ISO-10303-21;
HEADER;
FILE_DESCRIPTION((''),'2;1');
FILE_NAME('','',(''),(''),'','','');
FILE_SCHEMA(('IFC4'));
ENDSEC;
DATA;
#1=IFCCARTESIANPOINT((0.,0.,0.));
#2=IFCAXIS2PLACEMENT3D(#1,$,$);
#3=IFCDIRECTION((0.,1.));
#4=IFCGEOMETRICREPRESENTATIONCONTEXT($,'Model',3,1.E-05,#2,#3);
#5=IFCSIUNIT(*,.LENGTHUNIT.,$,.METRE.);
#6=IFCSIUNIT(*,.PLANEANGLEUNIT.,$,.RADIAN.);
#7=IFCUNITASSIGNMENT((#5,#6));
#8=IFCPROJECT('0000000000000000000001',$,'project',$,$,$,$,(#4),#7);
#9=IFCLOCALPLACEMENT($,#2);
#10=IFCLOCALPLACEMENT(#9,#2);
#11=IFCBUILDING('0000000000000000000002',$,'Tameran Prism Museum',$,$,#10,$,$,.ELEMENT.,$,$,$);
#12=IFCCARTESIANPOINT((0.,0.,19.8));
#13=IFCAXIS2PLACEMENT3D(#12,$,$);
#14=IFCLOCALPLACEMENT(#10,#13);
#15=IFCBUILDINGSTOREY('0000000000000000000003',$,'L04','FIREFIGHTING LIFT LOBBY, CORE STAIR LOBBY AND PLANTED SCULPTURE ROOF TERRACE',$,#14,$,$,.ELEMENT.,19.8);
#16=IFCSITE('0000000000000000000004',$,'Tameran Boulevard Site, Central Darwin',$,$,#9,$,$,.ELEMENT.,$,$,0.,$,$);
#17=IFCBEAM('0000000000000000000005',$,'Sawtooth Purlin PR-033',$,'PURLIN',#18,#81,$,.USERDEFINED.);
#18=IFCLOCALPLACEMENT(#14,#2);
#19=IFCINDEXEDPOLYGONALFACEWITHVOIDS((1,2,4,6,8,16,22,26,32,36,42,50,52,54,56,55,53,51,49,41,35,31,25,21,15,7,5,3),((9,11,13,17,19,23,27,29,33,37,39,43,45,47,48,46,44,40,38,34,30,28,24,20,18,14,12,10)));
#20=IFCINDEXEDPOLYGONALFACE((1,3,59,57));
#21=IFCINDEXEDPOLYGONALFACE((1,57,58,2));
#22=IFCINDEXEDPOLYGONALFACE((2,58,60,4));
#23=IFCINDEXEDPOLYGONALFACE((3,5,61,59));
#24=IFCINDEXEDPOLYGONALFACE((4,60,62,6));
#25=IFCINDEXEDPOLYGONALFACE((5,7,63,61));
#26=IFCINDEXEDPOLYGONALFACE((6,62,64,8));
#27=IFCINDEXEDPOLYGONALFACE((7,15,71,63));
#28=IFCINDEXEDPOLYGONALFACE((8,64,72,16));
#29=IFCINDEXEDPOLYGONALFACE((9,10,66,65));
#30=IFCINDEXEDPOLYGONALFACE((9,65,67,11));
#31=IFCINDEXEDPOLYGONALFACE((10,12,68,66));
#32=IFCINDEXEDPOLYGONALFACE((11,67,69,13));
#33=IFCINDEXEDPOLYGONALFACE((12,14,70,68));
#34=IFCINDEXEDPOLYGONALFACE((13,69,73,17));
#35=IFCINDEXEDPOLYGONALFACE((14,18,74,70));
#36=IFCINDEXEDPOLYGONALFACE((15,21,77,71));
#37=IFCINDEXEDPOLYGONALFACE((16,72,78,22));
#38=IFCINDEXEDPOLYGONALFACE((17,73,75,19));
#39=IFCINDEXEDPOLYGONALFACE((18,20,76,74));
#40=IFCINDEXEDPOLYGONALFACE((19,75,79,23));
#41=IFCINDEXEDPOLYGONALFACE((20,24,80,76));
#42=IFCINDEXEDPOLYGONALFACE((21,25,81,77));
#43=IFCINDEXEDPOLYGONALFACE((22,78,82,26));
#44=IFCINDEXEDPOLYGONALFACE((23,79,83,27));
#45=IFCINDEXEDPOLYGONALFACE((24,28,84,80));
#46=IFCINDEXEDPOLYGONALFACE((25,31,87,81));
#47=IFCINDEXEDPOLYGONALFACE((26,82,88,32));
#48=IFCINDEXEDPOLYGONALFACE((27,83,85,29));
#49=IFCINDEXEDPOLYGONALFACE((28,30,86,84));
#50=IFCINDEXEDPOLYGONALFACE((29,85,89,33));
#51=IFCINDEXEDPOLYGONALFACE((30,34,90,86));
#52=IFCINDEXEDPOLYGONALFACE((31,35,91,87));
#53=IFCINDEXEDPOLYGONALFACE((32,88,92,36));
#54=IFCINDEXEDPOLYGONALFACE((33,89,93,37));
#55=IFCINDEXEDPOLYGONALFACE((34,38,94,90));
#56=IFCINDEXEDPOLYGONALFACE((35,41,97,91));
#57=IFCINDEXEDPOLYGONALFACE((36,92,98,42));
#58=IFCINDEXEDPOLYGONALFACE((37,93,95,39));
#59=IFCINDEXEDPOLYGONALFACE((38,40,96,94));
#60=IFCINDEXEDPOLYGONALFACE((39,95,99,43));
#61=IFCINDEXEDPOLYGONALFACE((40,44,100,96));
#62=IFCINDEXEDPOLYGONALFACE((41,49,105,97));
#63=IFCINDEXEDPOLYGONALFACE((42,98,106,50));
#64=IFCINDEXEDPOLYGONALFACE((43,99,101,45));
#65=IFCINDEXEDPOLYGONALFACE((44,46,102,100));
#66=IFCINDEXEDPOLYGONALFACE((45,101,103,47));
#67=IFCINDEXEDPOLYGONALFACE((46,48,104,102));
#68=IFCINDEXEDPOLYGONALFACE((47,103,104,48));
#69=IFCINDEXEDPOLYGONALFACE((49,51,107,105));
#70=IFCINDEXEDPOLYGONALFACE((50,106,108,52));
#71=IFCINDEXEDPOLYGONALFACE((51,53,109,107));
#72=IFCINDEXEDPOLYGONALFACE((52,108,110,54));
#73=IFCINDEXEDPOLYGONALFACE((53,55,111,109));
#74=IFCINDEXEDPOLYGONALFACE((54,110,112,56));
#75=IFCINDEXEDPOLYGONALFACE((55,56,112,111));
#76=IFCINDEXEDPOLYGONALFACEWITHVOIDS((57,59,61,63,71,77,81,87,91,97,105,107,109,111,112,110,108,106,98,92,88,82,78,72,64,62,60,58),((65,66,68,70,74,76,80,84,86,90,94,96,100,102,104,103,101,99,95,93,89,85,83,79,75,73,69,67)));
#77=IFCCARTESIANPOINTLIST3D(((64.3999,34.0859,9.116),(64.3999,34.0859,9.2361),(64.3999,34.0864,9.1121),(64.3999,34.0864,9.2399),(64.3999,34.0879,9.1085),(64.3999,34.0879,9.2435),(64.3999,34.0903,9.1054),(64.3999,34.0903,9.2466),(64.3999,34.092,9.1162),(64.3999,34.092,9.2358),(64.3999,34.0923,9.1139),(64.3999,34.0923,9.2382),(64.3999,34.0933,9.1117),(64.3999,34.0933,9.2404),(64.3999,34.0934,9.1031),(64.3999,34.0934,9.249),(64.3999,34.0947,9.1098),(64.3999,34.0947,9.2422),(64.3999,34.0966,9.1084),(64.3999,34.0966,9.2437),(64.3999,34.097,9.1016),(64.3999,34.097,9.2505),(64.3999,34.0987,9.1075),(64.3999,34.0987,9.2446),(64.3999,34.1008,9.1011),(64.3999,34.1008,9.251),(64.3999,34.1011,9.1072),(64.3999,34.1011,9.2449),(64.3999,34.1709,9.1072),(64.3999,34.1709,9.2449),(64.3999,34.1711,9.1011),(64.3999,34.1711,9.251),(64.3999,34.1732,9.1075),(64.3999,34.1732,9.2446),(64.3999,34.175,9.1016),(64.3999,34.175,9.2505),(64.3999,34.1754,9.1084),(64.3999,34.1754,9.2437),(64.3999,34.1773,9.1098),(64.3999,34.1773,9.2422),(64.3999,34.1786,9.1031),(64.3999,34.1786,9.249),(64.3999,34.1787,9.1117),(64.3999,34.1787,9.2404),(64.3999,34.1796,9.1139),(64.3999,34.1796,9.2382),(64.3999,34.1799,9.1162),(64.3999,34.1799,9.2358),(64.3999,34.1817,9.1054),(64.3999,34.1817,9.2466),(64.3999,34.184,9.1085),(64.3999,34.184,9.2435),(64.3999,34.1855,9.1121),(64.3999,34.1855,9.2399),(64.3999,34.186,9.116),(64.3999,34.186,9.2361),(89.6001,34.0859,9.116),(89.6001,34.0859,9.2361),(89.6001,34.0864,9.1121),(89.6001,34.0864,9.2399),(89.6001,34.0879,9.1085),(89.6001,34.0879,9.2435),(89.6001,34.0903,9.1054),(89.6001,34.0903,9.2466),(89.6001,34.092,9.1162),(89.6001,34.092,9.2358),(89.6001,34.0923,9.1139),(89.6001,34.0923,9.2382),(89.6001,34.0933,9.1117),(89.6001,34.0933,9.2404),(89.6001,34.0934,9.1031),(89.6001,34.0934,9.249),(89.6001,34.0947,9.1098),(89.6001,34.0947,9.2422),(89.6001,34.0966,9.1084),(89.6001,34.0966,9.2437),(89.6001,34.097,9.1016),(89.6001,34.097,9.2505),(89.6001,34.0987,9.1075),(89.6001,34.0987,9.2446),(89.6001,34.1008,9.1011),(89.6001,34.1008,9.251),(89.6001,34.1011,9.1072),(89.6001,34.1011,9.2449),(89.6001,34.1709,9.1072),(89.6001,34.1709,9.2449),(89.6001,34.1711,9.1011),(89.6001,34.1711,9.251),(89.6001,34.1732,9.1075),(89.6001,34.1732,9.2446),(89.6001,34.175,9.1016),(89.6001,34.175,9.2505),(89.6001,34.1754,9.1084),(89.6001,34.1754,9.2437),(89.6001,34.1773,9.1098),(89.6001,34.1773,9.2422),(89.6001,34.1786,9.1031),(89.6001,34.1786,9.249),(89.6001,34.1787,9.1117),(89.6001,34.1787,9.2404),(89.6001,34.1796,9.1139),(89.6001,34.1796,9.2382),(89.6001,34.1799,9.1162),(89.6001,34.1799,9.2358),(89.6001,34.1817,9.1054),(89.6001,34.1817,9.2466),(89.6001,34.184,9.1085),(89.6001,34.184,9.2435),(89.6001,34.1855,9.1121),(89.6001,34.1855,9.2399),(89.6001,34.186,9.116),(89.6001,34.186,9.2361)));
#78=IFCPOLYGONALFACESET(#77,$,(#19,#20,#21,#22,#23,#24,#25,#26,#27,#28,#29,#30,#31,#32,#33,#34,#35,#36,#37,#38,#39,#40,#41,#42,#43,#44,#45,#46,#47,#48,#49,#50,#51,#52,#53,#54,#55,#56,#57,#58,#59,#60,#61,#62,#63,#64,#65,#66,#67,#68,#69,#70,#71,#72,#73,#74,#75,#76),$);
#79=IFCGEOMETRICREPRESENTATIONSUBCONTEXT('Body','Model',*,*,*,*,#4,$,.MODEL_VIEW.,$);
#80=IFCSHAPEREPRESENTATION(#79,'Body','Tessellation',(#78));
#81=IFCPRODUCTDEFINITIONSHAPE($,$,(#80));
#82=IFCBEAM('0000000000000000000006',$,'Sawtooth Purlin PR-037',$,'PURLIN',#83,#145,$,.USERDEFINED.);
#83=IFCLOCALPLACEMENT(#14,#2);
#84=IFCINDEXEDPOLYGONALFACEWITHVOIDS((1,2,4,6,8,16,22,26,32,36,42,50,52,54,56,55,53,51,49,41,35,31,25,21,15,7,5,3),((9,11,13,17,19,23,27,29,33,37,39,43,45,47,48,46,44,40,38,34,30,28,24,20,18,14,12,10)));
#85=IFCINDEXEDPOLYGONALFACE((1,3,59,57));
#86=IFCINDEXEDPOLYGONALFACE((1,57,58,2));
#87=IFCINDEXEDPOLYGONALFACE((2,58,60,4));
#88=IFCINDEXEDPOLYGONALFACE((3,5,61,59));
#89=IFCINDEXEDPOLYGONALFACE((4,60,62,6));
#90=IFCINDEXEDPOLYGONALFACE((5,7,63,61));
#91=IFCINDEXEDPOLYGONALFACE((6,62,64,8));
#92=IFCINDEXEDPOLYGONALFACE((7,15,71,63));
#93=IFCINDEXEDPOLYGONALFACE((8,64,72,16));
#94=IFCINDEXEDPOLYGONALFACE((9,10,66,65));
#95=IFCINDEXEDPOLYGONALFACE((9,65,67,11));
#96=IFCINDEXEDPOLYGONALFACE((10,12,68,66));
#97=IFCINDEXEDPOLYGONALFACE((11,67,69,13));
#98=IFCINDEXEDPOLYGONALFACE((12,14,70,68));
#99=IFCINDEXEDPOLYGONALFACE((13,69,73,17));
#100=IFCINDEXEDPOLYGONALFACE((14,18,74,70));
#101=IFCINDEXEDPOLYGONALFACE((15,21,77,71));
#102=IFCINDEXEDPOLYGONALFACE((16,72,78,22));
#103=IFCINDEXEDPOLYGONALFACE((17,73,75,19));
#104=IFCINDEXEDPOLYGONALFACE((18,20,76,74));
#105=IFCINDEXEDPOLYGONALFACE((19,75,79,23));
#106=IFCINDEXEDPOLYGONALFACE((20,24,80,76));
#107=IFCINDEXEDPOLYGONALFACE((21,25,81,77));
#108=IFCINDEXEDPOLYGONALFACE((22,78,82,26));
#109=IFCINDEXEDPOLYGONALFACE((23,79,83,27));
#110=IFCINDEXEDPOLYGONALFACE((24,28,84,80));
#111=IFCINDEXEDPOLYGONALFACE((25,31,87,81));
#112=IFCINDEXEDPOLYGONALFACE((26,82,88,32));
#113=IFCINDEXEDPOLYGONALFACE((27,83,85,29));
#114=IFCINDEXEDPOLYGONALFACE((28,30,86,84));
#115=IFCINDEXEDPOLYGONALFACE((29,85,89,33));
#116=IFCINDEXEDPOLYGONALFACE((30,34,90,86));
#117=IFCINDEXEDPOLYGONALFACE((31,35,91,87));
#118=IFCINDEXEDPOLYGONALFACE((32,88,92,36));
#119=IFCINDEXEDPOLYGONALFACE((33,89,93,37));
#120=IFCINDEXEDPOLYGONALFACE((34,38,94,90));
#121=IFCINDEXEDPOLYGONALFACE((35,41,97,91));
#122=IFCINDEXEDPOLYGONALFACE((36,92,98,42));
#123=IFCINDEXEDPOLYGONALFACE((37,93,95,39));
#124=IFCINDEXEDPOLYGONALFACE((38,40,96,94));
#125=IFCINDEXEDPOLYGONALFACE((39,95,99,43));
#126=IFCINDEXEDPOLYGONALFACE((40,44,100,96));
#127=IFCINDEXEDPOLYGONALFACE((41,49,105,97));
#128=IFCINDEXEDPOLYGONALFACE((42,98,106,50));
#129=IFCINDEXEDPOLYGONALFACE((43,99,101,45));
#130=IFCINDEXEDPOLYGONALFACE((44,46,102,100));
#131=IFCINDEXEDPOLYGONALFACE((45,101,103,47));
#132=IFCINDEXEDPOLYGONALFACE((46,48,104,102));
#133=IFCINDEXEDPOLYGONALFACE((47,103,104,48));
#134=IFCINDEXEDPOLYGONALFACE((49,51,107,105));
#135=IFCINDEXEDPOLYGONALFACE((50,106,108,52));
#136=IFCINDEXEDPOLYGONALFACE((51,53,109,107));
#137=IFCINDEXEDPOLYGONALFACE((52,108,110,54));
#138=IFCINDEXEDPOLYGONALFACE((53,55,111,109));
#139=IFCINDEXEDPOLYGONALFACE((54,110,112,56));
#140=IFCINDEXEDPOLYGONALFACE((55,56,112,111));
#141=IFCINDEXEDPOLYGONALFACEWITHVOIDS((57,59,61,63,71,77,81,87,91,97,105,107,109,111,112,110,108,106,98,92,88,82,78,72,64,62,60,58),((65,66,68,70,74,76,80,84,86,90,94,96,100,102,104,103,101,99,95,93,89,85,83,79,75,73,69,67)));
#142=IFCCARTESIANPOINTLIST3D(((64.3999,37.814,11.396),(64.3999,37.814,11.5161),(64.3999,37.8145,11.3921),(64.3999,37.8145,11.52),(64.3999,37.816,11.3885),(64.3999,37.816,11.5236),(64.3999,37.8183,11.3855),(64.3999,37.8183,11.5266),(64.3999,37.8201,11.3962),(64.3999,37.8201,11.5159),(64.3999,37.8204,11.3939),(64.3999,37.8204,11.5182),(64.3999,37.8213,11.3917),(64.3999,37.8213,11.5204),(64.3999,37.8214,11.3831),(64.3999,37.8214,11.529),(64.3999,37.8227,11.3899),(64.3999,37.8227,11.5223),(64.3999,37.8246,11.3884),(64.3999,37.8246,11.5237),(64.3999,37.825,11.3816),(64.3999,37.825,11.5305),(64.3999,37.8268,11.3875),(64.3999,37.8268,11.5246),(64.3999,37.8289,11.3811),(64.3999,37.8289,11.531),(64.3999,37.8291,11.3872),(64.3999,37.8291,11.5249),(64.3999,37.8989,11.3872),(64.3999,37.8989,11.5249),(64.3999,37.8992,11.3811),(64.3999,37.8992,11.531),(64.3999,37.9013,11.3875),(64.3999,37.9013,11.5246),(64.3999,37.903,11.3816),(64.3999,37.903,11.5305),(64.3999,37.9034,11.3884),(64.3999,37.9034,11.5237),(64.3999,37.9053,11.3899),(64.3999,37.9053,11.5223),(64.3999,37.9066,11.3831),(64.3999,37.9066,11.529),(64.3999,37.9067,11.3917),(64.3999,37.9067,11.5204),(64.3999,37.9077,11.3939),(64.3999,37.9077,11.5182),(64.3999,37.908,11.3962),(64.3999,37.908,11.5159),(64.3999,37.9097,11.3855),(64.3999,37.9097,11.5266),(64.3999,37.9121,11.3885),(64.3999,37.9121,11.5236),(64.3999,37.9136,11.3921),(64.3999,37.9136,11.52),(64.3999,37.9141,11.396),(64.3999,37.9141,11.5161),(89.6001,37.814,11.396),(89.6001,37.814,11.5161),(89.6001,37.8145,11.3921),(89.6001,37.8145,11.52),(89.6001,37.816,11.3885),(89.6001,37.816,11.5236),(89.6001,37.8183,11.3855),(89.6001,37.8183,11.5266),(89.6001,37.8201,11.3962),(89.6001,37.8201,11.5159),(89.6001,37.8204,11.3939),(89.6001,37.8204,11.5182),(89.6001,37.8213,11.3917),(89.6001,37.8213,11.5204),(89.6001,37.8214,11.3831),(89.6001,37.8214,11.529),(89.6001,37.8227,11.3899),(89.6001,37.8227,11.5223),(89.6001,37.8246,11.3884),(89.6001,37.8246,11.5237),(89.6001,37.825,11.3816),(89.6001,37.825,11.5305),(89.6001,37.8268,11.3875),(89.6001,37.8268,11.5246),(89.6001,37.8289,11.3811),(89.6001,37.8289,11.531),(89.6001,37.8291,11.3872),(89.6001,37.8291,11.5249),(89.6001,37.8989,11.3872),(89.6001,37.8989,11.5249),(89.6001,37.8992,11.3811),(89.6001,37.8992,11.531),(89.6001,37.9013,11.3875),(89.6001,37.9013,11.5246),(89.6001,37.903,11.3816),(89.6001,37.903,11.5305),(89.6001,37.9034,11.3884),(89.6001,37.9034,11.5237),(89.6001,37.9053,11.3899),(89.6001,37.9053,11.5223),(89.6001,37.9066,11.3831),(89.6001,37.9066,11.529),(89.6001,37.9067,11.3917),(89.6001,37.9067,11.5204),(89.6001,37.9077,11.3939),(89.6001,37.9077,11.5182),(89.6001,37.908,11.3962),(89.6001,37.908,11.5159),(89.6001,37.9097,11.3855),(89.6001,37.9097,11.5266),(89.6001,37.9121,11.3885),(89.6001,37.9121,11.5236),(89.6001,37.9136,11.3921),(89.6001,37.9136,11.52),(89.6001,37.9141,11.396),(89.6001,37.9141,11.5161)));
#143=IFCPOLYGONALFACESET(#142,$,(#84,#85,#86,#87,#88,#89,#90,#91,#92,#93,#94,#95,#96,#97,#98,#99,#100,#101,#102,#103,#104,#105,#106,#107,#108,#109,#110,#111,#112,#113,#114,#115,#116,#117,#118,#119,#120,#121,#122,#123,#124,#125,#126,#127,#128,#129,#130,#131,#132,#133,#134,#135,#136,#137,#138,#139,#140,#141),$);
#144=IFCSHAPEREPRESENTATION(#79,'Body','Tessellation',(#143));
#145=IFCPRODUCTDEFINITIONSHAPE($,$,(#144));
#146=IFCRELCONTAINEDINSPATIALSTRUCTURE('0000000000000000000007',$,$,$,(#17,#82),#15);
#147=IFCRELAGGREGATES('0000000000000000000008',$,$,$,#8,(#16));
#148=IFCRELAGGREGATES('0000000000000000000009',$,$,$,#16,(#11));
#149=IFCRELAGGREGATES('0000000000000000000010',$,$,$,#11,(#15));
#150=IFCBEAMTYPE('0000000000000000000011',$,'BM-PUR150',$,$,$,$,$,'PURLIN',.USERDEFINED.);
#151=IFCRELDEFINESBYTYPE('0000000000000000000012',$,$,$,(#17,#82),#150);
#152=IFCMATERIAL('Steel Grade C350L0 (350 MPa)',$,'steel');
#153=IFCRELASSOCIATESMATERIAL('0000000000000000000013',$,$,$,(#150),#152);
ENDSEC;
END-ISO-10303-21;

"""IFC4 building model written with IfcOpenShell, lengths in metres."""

from ifc_helpers import new_model, si_unit, direction, frame, origin, origin_2d, place, context, subcontext, project, spatial, hollow_rectangle, extrude, material, material_profile, profile_set, type_object, element, save


model = new_model("IFC4")

# Units and contexts
model_context = context("Model", 3, precision=1e-05, world=origin(), true_north=direction((0.0, 1.0)))
body_context = subcontext(model_context, "Body", "Model", "MODEL_VIEW")
ifc_project = project(units=[si_unit("LENGTHUNIT", "METRE"), si_unit("PLANEANGLEUNIT", "RADIAN")], contexts=[model_context])

# Site, building, storey
site_placement = place(None, origin())
site = spatial("IfcSite", under=ifc_project, at=site_placement, Name="Tameran Boulevard Site, Central Darwin", CompositionType="ELEMENT", RefElevation=0.0)
building_placement = place(site_placement, origin())
building = spatial("IfcBuilding", under=site, at=building_placement, Name="Tameran Prism Museum", CompositionType="ELEMENT")
storey_placement = place(building_placement, frame((0.0, 0.0, 19.8)))
storey = spatial("IfcBuildingStorey", under=building, at=storey_placement, Name="L04", Description="FIREFIGHTING LIFT LOBBY, CORE STAIR LOBBY AND PLANTED SCULPTURE ROOF TERRACE", CompositionType="ELEMENT", Elevation=19.8)

# Beams
ifc_material_1 = material(Name="Steel Grade C350L0 (350 MPa)", Category="steel")
ifc_material_profile_1 = material_profile(ifc_material_1, hollow_rectangle(XDim=0.1001, YDim=0.1499, WallThickness=0.0061, InnerFilletRadius=0.009, OuterFilletRadius=0.0149, at=origin_2d()))
ifc_profile_set_1 = profile_set([ifc_material_profile_1])
beam_type_1 = type_object("IfcBeamType", Name="BM-PUR150", ElementType="PURLIN", PredefinedType="USERDEFINED", material=ifc_profile_set_1)
for number, where, z_axis, x_axis, name in (
    (1, (64.3999, 34.136, 9.176), (1.0, 0.0, 0.0), (0.0, 1.0, 0.0), "Sawtooth Purlin PR-033"),
    (2, (64.3999, 37.864, 11.4561), (1.0, 0.0, 0.0), (0.0, 1.0, 0.0), "Sawtooth Purlin PR-037"),
):
    element("IfcBeam", number, at=place(storey_placement, frame(where, z_axis=z_axis, x_axis=x_axis)), inside=storey, type_object=beam_type_1, Name=name, ObjectType="PURLIN", PredefinedType="USERDEFINED", context=body_context, shape_type="SweptSolid", body=[
        extrude(hollow_rectangle(XDim=0.1001, YDim=0.1499, WallThickness=0.0061, InnerFilletRadius=0.009, OuterFilletRadius=0.0149, at=origin_2d()), origin(), (0.0, 0.0, 1.0), 25.2002),
    ])

save(model, "model.ifc")
